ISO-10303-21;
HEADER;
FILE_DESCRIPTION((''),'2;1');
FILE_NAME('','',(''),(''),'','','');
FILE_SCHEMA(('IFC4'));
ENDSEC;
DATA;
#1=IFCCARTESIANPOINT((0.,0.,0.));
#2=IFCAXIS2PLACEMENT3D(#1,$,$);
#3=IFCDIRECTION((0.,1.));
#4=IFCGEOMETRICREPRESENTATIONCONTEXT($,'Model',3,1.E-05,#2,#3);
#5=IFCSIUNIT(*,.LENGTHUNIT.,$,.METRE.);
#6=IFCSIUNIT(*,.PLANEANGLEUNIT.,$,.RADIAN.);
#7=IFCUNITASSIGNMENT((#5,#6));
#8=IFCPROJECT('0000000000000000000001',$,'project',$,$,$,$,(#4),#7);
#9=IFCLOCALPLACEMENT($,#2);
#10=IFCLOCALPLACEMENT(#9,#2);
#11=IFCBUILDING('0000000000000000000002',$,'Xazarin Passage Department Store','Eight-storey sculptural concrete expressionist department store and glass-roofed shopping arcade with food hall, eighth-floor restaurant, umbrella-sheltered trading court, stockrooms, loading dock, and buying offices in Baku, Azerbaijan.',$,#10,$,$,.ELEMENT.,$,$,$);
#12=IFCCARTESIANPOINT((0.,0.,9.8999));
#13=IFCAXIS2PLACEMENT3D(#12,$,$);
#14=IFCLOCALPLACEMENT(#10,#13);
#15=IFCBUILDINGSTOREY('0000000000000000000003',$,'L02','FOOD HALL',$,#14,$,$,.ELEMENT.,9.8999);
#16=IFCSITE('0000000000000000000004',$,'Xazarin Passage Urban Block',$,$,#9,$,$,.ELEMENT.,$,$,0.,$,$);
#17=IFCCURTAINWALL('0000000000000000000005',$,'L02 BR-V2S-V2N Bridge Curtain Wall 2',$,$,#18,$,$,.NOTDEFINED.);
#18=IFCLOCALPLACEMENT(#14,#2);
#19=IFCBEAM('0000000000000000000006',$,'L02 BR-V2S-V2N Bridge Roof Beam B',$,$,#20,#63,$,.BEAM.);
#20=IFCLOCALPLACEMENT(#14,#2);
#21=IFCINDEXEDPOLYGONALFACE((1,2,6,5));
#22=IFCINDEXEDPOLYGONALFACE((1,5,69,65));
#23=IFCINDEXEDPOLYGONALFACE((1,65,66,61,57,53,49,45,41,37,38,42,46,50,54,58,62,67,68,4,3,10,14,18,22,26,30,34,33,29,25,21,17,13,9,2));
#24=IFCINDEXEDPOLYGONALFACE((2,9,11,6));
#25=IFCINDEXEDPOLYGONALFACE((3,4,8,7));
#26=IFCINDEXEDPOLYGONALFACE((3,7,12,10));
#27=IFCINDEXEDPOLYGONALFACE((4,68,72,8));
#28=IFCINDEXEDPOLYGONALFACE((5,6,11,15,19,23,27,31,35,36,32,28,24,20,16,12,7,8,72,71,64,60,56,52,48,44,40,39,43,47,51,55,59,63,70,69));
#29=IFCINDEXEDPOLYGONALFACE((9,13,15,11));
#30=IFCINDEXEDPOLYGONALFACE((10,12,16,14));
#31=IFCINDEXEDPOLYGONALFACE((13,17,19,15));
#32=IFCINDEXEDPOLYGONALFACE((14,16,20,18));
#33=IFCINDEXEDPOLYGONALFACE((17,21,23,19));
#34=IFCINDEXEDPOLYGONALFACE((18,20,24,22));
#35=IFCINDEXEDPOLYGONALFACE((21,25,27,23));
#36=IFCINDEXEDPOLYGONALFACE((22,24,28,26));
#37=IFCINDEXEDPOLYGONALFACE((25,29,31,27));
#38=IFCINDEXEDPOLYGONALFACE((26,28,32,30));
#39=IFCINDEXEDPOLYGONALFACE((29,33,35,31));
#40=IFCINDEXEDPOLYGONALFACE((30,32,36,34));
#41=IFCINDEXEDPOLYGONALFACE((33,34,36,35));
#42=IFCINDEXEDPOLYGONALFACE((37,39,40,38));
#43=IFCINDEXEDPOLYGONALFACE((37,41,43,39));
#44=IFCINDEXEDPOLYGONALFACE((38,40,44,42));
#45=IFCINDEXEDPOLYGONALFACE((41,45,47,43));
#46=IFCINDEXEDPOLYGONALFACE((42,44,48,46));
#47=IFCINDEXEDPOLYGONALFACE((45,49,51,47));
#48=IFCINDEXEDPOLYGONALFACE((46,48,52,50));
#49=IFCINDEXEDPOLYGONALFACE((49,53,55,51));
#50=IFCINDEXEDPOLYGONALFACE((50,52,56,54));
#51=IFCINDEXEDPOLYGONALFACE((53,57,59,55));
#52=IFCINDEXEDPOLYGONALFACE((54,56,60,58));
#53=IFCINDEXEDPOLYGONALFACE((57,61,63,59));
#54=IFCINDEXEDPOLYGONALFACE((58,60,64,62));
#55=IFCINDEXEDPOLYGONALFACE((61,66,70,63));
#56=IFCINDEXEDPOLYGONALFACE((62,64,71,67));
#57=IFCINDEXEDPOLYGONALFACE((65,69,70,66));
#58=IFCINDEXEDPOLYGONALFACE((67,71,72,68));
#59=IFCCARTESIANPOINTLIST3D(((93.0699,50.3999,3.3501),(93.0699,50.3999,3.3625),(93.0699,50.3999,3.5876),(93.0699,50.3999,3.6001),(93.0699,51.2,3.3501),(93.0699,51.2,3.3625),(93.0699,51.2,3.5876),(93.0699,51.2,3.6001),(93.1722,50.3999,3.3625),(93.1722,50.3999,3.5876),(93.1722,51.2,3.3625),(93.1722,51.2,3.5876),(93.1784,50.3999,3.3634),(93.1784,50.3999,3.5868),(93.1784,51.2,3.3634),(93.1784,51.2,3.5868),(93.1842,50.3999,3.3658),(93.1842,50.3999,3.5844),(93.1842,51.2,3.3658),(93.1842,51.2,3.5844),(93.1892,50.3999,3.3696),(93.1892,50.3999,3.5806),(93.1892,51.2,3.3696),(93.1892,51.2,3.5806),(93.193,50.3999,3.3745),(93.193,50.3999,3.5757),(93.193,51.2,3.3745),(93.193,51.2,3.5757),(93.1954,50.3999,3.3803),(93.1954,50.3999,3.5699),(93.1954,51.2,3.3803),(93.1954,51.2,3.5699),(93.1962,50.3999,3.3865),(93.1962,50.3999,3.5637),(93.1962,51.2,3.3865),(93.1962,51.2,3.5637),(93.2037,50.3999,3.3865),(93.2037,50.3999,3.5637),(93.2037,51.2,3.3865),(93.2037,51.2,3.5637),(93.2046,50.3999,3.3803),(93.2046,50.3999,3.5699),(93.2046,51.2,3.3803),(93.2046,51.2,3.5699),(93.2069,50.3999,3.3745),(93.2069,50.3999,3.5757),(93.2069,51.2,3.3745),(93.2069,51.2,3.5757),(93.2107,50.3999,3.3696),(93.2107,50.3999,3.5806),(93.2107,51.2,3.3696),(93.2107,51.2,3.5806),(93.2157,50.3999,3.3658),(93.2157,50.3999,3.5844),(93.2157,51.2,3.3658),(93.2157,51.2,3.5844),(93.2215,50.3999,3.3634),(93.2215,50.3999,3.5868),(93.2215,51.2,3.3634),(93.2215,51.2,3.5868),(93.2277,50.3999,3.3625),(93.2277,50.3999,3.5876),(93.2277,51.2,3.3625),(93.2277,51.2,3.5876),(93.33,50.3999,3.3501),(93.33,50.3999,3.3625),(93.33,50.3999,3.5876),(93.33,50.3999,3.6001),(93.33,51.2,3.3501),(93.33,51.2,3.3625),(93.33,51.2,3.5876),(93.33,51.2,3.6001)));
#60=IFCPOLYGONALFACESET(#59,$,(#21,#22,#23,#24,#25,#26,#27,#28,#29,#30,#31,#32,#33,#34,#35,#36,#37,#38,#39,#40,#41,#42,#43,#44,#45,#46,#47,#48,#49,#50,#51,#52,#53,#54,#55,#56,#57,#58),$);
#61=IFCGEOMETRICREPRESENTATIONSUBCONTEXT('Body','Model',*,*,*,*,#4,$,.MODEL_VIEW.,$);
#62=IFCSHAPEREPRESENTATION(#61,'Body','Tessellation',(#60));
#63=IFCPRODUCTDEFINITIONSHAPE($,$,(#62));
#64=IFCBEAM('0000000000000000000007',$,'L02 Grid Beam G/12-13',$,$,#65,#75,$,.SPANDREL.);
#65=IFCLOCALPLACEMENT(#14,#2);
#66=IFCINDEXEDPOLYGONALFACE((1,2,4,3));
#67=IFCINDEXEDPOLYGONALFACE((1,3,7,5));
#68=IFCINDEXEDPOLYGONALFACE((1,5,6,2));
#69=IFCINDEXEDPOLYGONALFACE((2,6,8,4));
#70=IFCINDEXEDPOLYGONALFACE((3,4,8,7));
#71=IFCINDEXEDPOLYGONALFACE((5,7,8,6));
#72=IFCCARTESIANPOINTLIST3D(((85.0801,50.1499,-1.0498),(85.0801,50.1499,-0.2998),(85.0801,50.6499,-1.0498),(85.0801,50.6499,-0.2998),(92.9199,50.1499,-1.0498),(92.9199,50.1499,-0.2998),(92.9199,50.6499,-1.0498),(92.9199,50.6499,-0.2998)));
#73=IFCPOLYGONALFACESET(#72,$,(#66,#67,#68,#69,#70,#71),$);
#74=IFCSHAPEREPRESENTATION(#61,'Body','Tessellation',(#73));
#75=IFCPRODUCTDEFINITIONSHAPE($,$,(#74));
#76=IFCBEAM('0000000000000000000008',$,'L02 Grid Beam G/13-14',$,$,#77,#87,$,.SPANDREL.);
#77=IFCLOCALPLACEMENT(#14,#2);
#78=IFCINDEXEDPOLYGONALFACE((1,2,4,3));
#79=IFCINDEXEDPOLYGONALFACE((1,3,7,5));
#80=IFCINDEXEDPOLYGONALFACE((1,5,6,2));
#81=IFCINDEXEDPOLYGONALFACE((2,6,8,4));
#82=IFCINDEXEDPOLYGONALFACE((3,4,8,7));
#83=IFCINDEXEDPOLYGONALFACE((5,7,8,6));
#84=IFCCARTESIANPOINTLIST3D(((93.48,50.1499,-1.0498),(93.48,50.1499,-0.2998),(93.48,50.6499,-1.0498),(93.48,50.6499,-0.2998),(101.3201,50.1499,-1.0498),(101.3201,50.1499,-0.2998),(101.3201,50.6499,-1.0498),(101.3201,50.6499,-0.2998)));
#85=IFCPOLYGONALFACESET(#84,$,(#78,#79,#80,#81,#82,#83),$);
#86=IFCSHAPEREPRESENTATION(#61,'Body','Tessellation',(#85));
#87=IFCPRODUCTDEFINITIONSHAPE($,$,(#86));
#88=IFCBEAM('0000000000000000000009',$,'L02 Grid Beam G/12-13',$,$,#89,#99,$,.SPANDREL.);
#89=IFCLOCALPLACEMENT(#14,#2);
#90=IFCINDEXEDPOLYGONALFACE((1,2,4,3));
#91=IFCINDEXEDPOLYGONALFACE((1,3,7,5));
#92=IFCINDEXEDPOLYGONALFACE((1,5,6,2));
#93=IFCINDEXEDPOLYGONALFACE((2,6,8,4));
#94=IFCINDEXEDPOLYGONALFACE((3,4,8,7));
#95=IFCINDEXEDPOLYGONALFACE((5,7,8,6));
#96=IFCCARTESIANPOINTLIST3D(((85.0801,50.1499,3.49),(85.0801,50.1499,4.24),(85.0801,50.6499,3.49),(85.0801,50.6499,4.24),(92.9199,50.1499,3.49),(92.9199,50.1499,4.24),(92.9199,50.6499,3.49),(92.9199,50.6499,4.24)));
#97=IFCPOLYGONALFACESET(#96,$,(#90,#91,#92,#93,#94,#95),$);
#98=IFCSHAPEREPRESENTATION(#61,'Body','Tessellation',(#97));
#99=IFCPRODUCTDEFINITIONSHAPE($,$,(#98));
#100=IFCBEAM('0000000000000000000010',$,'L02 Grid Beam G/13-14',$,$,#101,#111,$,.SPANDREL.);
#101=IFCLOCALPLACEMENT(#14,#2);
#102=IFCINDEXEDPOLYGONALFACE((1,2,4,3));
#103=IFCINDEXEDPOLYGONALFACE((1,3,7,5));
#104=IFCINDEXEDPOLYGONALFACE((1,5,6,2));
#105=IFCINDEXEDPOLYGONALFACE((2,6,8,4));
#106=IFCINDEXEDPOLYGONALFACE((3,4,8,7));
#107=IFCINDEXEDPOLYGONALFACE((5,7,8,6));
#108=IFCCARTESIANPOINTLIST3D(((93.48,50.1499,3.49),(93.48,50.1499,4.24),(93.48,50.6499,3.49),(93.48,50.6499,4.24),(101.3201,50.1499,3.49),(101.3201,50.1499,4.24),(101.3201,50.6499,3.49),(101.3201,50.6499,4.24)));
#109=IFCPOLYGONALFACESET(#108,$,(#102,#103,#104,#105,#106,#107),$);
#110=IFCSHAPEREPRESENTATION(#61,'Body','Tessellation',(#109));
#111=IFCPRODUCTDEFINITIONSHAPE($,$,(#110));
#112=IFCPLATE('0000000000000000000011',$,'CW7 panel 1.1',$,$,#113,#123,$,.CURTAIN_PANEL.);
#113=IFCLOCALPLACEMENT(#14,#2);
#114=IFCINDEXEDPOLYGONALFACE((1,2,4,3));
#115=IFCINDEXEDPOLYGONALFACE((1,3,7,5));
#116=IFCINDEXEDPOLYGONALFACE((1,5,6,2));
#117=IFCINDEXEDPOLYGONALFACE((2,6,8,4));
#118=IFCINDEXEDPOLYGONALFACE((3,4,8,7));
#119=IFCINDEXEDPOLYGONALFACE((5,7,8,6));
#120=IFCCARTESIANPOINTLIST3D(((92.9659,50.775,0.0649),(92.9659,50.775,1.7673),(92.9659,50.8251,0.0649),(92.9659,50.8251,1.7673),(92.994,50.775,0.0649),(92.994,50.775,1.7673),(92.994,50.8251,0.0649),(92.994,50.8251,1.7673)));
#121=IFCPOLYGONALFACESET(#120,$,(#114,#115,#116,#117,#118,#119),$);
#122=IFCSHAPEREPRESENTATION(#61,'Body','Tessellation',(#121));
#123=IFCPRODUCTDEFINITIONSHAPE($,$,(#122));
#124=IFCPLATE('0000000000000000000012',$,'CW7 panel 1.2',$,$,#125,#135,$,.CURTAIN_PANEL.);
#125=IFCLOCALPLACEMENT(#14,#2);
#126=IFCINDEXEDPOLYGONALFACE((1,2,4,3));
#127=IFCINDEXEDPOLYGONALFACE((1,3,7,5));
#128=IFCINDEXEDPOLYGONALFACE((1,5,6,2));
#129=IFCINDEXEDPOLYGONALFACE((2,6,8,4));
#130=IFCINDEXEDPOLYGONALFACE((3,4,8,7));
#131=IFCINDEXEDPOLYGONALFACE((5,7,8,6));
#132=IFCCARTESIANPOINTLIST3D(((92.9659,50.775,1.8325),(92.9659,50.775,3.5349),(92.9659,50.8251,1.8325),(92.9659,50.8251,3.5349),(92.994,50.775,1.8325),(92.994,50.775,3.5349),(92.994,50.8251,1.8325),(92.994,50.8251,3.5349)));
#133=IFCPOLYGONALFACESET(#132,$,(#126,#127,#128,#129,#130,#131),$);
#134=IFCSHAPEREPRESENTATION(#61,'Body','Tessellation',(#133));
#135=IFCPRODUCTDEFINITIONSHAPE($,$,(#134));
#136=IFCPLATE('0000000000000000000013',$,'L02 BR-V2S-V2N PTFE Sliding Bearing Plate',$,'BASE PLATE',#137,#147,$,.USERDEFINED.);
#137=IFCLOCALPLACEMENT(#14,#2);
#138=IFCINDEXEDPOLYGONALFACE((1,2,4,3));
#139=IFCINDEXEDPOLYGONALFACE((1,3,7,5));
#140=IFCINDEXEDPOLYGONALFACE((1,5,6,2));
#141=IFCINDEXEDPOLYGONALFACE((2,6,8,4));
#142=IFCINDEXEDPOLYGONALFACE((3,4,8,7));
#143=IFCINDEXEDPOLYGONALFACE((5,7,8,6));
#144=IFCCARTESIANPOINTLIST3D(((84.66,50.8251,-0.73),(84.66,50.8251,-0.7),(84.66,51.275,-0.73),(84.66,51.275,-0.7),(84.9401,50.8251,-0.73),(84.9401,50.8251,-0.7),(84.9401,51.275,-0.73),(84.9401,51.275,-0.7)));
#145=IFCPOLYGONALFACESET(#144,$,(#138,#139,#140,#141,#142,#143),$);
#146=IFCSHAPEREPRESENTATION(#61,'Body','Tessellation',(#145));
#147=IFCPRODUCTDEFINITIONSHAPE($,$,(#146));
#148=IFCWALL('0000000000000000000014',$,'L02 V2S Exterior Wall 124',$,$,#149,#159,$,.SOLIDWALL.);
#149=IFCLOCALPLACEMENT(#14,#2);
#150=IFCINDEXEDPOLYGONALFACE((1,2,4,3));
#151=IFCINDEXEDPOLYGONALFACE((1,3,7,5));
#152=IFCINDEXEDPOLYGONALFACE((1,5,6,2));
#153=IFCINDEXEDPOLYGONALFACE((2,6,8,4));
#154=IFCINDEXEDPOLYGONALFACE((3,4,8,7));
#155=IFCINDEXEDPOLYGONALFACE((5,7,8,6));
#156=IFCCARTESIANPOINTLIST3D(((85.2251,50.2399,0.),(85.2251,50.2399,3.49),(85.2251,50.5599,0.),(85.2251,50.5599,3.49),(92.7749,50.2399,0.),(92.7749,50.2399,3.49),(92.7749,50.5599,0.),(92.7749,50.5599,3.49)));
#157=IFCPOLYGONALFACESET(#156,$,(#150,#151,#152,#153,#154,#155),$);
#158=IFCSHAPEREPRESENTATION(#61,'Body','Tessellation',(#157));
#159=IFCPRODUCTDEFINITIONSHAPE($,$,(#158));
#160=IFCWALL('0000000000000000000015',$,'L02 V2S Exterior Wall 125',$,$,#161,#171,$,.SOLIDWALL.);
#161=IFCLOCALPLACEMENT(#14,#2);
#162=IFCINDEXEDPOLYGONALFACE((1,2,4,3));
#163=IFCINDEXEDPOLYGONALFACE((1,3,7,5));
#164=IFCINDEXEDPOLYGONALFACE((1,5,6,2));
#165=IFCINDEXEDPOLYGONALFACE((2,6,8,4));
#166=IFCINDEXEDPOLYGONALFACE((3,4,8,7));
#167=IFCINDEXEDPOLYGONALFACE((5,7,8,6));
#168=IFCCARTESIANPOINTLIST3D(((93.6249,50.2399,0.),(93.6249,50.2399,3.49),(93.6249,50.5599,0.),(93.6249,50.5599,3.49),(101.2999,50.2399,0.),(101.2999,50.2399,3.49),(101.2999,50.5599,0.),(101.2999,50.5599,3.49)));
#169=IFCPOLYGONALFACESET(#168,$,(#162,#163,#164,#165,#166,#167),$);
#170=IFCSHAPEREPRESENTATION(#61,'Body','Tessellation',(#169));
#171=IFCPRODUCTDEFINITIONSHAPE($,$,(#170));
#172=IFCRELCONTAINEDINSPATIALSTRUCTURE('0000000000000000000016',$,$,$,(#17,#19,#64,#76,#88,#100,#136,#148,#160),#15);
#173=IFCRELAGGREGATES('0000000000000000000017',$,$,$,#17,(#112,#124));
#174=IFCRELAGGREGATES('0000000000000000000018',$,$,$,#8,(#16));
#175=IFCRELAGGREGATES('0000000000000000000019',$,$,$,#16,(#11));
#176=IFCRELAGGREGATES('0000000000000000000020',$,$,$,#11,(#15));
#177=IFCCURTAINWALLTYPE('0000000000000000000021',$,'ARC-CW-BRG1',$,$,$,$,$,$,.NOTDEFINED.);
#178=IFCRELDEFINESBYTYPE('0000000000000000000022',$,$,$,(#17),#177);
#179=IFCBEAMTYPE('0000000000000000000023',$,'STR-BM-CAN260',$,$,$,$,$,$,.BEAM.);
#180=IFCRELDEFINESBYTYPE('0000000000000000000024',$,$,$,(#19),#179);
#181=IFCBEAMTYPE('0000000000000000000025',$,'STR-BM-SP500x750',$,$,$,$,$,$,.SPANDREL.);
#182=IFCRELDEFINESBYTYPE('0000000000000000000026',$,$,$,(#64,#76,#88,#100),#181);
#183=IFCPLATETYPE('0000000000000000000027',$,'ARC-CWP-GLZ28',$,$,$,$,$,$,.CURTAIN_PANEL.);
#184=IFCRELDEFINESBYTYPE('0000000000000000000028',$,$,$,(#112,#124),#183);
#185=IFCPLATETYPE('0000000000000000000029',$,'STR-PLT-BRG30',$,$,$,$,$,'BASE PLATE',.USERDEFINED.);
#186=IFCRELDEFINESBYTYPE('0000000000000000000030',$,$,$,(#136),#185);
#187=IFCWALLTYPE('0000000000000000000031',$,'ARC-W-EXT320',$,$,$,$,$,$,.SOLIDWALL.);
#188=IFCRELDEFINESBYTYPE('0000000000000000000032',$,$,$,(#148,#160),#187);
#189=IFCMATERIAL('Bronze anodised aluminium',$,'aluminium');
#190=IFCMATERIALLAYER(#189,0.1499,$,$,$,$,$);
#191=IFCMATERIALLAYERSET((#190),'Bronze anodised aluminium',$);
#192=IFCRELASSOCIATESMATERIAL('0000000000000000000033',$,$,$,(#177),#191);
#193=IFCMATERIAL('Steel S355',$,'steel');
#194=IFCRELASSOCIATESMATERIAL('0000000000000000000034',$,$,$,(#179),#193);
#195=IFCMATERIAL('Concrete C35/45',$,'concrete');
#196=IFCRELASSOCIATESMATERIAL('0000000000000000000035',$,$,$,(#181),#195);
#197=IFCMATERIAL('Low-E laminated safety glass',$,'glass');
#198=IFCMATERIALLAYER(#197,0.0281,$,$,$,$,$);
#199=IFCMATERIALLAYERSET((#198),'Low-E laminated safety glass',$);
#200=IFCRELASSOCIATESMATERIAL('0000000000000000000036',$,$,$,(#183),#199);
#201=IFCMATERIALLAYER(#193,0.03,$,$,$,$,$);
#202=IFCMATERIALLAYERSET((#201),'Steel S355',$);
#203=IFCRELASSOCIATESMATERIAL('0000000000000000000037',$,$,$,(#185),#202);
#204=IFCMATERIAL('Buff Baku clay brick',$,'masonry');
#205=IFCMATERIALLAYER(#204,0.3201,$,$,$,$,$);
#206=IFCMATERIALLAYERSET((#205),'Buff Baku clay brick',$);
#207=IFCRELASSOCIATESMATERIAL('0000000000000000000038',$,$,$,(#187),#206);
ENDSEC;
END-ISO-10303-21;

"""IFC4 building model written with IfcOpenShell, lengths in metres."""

from ifc_helpers import new_model, si_unit, direction, frame, frame_2d, origin, origin_2d, place, context, subcontext, project, spatial, rectangle, i_section, extrude, material, layer, layer_set, material_profile, profile_set, type_object, element, aggregate, save


model = new_model("IFC4")

# Units and contexts
model_context = context("Model", 3, precision=1e-05, world=origin(), true_north=direction((0.0, 1.0)))
body_context = subcontext(model_context, "Body", "Model", "MODEL_VIEW")
ifc_project = project(units=[si_unit("LENGTHUNIT", "METRE"), si_unit("PLANEANGLEUNIT", "RADIAN")], contexts=[model_context])

# Site, building, storey
site_placement = place(None, origin())
site = spatial("IfcSite", under=ifc_project, at=site_placement, Name="Xazarin Passage Urban Block", CompositionType="ELEMENT", RefElevation=0.0)
building_placement = place(site_placement, origin())
building = spatial("IfcBuilding", under=site, at=building_placement, Name="Xazarin Passage Department Store", Description="Eight-storey sculptural concrete expressionist department store and glass-roofed shopping arcade with food hall, eighth-floor restaurant, umbrella-sheltered trading court, stockrooms, loading dock, and buying offices in Baku, Azerbaijan.", CompositionType="ELEMENT")
storey_placement = place(building_placement, frame((0.0, 0.0, 9.8999)))
storey = spatial("IfcBuildingStorey", under=building, at=storey_placement, Name="L02", Description="FOOD HALL", CompositionType="ELEMENT", Elevation=9.8999)

# Curtain wall
ifc_material_1 = material(Name="Bronze anodised aluminium", Category="aluminium")
ifc_layer_1 = layer(ifc_material_1, 0.1499)
ifc_layer_set_1 = layer_set([ifc_layer_1], Name="Bronze anodised aluminium")
curtain_wall_type = type_object("IfcCurtainWallType", Name="ARC-CW-BRG1", PredefinedType="NOTDEFINED", material=ifc_layer_set_1)
curtain_wall_placement = place(storey_placement, origin())
curtain_wall = element("IfcCurtainWall", 1, at=curtain_wall_placement, inside=storey, type_object=curtain_wall_type, Name="L02 BR-V2S-V2N Bridge Curtain Wall 2", PredefinedType="NOTDEFINED")

# Beams
ifc_material_2 = material(Name="Steel S355", Category="steel")
ifc_material_profile_1 = material_profile(ifc_material_2, i_section(OverallWidth=0.26, OverallDepth=0.25, WebThickness=0.0076, FlangeThickness=0.0125, FilletRadius=0.0239, at=origin_2d()), Name="HEA 260")
ifc_profile_set_1 = profile_set([ifc_material_profile_1], Name="Steel S355")
beam_type_1 = type_object("IfcBeamType", Name="STR-BM-CAN260", PredefinedType="BEAM", material=ifc_profile_set_1)
beam_1_placement = place(storey_placement, frame((93.2, 50.3999, 3.4751), z_axis=(0.0, 1.0, 0.0), x_axis=(-1.0, 0.0, 0.0)))
element("IfcBeam", 2, at=beam_1_placement, inside=storey, type_object=beam_type_1, Name="L02 BR-V2S-V2N Bridge Roof Beam B", PredefinedType="BEAM", context=body_context, shape_type="SweptSolid", body=[
    extrude(i_section(OverallWidth=0.26, OverallDepth=0.25, WebThickness=0.0076, FlangeThickness=0.0125, FilletRadius=0.0239, at=origin_2d()), origin(), (0.0, 0.0, 1.0), 0.8),
])
ifc_material_3 = material(Name="Concrete C35/45", Category="concrete")
ifc_material_profile_2 = material_profile(ifc_material_3, rectangle(XDim=0.5, YDim=0.75, at=origin_2d()), Name="RC 500x750")
ifc_profile_set_2 = profile_set([ifc_material_profile_2], Name="Concrete C35/45")
beam_type_2 = type_object("IfcBeamType", Name="STR-BM-SP500x750", PredefinedType="SPANDREL", material=ifc_profile_set_2)
beam_2_placement = place(storey_placement, frame((85.0801, 50.3999, -0.6748), z_axis=(1.0, 0.0, 0.0), x_axis=(0.0, 1.0, 0.0)))
element("IfcBeam", 3, at=beam_2_placement, inside=storey, type_object=beam_type_2, Name="L02 Grid Beam G/12-13", PredefinedType="SPANDREL", context=body_context, shape_type="SweptSolid", body=[
    extrude(rectangle(XDim=0.5, YDim=0.75, at=origin_2d()), origin(), (0.0, 0.0, 1.0), 7.8398),
])
beam_3_placement = place(storey_placement, frame((93.48, 50.3999, -0.6748), z_axis=(1.0, 0.0, 0.0), x_axis=(0.0, 1.0, 0.0)))
element("IfcBeam", 4, at=beam_3_placement, inside=storey, type_object=beam_type_2, Name="L02 Grid Beam G/13-14", PredefinedType="SPANDREL", context=body_context, shape_type="SweptSolid", body=[
    extrude(rectangle(XDim=0.5, YDim=0.75, at=origin_2d()), origin(), (0.0, 0.0, 1.0), 7.8401),
])
beam_4_placement = place(storey_placement, frame((85.0801, 50.3999, 3.865), z_axis=(1.0, 0.0, 0.0), x_axis=(0.0, 1.0, 0.0)))
element("IfcBeam", 5, at=beam_4_placement, inside=storey, type_object=beam_type_2, Name="L02 Grid Beam G/12-13", PredefinedType="SPANDREL", context=body_context, shape_type="SweptSolid", body=[
    extrude(rectangle(XDim=0.5, YDim=0.75, at=origin_2d()), origin(), (0.0, 0.0, 1.0), 7.8398),
])
beam_5_placement = place(storey_placement, frame((93.48, 50.3999, 3.865), z_axis=(1.0, 0.0, 0.0), x_axis=(0.0, 1.0, 0.0)))
element("IfcBeam", 6, at=beam_5_placement, inside=storey, type_object=beam_type_2, Name="L02 Grid Beam G/13-14", PredefinedType="SPANDREL", context=body_context, shape_type="SweptSolid", body=[
    extrude(rectangle(XDim=0.5, YDim=0.75, at=origin_2d()), origin(), (0.0, 0.0, 1.0), 7.8401),
])

# Plates
ifc_material_4 = material(Name="Low-E laminated safety glass", Category="glass")
ifc_layer_2 = layer(ifc_material_4, 0.0281)
ifc_layer_set_2 = layer_set([ifc_layer_2], Name="Low-E laminated safety glass")
plate_type_1 = type_object("IfcPlateType", Name="ARC-CWP-GLZ28", PredefinedType="CURTAIN_PANEL", material=ifc_layer_set_2)
plate_1_placement = place(storey_placement, frame((92.98, 50.8, 0.0649), z_axis=(0.0, 0.0, 1.0), x_axis=(0.0, 1.0, 0.0)))
plate_1 = element("IfcPlate", 7, at=plate_1_placement, type_object=plate_type_1, Name="CW7 panel 1.1", PredefinedType="CURTAIN_PANEL", context=body_context, shape_type="SweptSolid", body=[
    extrude(rectangle(XDim=0.05, YDim=0.0281, at=origin_2d()), origin(), (0.0, 0.0, 1.0), 1.7024),
])
plate_2_placement = place(storey_placement, frame((92.98, 50.8, 1.8325), z_axis=(0.0, 0.0, 1.0), x_axis=(0.0, 1.0, 0.0)))
plate_2 = element("IfcPlate", 8, at=plate_2_placement, type_object=plate_type_1, Name="CW7 panel 1.2", PredefinedType="CURTAIN_PANEL", context=body_context, shape_type="SweptSolid", body=[
    extrude(rectangle(XDim=0.05, YDim=0.0281, at=origin_2d()), origin(), (0.0, 0.0, 1.0), 1.7024),
])
aggregate(curtain_wall, [plate_1, plate_2])
ifc_layer_3 = layer(ifc_material_2, 0.03)
ifc_layer_set_3 = layer_set([ifc_layer_3], Name="Steel S355")
plate_type_2 = type_object("IfcPlateType", Name="STR-PLT-BRG30", ElementType="BASE PLATE", PredefinedType="USERDEFINED", material=ifc_layer_set_3)
plate_3_placement = place(storey_placement, frame((84.8, 51.05, -0.73), z_axis=(0.0, 0.0, 1.0), x_axis=(1.0, 0.0, 0.0)))
element("IfcPlate", 9, at=plate_3_placement, inside=storey, type_object=plate_type_2, Name="L02 BR-V2S-V2N PTFE Sliding Bearing Plate", ObjectType="BASE PLATE", PredefinedType="USERDEFINED", context=body_context, shape_type="SweptSolid", body=[
    extrude(rectangle(XDim=0.28, YDim=0.45, at=origin_2d()), origin(), (0.0, 0.0, 1.0), 0.03),
])

# Walls
ifc_material_5 = material(Name="Buff Baku clay brick", Category="masonry")
ifc_layer_4 = layer(ifc_material_5, 0.3201)
ifc_layer_set_4 = layer_set([ifc_layer_4], Name="Buff Baku clay brick")
wall_type_1 = type_object("IfcWallType", Name="ARC-W-EXT320", PredefinedType="SOLIDWALL", material=ifc_layer_set_4)
wall_1_placement = place(storey_placement, frame((85.2251, 50.3999, 0.0), z_axis=(0.0, 0.0, 1.0), x_axis=(1.0, 0.0, 0.0)))
element("IfcWall", 10, at=wall_1_placement, inside=storey, type_object=wall_type_1, Name="L02 V2S Exterior Wall 124", PredefinedType="SOLIDWALL", context=body_context, shape_type="SweptSolid", body=[
    extrude(rectangle(XDim=7.5498, YDim=0.3201, at=frame_2d((3.7749, 0.0))), origin(), (0.0, 0.0, 1.0), 3.49),
])
wall_2_placement = place(storey_placement, frame((93.625, 50.3999, 0.0), z_axis=(0.0, 0.0, 1.0), x_axis=(1.0, 0.0, 0.0)))
element("IfcWall", 11, at=wall_2_placement, inside=storey, type_object=wall_type_1, Name="L02 V2S Exterior Wall 125", PredefinedType="SOLIDWALL", context=body_context, shape_type="SweptSolid", body=[
    extrude(rectangle(XDim=7.675, YDim=0.3201, at=frame_2d((3.8374, 0.0))), origin(), (0.0, 0.0, 1.0), 3.49),
])

save(model, "model.ifc")
